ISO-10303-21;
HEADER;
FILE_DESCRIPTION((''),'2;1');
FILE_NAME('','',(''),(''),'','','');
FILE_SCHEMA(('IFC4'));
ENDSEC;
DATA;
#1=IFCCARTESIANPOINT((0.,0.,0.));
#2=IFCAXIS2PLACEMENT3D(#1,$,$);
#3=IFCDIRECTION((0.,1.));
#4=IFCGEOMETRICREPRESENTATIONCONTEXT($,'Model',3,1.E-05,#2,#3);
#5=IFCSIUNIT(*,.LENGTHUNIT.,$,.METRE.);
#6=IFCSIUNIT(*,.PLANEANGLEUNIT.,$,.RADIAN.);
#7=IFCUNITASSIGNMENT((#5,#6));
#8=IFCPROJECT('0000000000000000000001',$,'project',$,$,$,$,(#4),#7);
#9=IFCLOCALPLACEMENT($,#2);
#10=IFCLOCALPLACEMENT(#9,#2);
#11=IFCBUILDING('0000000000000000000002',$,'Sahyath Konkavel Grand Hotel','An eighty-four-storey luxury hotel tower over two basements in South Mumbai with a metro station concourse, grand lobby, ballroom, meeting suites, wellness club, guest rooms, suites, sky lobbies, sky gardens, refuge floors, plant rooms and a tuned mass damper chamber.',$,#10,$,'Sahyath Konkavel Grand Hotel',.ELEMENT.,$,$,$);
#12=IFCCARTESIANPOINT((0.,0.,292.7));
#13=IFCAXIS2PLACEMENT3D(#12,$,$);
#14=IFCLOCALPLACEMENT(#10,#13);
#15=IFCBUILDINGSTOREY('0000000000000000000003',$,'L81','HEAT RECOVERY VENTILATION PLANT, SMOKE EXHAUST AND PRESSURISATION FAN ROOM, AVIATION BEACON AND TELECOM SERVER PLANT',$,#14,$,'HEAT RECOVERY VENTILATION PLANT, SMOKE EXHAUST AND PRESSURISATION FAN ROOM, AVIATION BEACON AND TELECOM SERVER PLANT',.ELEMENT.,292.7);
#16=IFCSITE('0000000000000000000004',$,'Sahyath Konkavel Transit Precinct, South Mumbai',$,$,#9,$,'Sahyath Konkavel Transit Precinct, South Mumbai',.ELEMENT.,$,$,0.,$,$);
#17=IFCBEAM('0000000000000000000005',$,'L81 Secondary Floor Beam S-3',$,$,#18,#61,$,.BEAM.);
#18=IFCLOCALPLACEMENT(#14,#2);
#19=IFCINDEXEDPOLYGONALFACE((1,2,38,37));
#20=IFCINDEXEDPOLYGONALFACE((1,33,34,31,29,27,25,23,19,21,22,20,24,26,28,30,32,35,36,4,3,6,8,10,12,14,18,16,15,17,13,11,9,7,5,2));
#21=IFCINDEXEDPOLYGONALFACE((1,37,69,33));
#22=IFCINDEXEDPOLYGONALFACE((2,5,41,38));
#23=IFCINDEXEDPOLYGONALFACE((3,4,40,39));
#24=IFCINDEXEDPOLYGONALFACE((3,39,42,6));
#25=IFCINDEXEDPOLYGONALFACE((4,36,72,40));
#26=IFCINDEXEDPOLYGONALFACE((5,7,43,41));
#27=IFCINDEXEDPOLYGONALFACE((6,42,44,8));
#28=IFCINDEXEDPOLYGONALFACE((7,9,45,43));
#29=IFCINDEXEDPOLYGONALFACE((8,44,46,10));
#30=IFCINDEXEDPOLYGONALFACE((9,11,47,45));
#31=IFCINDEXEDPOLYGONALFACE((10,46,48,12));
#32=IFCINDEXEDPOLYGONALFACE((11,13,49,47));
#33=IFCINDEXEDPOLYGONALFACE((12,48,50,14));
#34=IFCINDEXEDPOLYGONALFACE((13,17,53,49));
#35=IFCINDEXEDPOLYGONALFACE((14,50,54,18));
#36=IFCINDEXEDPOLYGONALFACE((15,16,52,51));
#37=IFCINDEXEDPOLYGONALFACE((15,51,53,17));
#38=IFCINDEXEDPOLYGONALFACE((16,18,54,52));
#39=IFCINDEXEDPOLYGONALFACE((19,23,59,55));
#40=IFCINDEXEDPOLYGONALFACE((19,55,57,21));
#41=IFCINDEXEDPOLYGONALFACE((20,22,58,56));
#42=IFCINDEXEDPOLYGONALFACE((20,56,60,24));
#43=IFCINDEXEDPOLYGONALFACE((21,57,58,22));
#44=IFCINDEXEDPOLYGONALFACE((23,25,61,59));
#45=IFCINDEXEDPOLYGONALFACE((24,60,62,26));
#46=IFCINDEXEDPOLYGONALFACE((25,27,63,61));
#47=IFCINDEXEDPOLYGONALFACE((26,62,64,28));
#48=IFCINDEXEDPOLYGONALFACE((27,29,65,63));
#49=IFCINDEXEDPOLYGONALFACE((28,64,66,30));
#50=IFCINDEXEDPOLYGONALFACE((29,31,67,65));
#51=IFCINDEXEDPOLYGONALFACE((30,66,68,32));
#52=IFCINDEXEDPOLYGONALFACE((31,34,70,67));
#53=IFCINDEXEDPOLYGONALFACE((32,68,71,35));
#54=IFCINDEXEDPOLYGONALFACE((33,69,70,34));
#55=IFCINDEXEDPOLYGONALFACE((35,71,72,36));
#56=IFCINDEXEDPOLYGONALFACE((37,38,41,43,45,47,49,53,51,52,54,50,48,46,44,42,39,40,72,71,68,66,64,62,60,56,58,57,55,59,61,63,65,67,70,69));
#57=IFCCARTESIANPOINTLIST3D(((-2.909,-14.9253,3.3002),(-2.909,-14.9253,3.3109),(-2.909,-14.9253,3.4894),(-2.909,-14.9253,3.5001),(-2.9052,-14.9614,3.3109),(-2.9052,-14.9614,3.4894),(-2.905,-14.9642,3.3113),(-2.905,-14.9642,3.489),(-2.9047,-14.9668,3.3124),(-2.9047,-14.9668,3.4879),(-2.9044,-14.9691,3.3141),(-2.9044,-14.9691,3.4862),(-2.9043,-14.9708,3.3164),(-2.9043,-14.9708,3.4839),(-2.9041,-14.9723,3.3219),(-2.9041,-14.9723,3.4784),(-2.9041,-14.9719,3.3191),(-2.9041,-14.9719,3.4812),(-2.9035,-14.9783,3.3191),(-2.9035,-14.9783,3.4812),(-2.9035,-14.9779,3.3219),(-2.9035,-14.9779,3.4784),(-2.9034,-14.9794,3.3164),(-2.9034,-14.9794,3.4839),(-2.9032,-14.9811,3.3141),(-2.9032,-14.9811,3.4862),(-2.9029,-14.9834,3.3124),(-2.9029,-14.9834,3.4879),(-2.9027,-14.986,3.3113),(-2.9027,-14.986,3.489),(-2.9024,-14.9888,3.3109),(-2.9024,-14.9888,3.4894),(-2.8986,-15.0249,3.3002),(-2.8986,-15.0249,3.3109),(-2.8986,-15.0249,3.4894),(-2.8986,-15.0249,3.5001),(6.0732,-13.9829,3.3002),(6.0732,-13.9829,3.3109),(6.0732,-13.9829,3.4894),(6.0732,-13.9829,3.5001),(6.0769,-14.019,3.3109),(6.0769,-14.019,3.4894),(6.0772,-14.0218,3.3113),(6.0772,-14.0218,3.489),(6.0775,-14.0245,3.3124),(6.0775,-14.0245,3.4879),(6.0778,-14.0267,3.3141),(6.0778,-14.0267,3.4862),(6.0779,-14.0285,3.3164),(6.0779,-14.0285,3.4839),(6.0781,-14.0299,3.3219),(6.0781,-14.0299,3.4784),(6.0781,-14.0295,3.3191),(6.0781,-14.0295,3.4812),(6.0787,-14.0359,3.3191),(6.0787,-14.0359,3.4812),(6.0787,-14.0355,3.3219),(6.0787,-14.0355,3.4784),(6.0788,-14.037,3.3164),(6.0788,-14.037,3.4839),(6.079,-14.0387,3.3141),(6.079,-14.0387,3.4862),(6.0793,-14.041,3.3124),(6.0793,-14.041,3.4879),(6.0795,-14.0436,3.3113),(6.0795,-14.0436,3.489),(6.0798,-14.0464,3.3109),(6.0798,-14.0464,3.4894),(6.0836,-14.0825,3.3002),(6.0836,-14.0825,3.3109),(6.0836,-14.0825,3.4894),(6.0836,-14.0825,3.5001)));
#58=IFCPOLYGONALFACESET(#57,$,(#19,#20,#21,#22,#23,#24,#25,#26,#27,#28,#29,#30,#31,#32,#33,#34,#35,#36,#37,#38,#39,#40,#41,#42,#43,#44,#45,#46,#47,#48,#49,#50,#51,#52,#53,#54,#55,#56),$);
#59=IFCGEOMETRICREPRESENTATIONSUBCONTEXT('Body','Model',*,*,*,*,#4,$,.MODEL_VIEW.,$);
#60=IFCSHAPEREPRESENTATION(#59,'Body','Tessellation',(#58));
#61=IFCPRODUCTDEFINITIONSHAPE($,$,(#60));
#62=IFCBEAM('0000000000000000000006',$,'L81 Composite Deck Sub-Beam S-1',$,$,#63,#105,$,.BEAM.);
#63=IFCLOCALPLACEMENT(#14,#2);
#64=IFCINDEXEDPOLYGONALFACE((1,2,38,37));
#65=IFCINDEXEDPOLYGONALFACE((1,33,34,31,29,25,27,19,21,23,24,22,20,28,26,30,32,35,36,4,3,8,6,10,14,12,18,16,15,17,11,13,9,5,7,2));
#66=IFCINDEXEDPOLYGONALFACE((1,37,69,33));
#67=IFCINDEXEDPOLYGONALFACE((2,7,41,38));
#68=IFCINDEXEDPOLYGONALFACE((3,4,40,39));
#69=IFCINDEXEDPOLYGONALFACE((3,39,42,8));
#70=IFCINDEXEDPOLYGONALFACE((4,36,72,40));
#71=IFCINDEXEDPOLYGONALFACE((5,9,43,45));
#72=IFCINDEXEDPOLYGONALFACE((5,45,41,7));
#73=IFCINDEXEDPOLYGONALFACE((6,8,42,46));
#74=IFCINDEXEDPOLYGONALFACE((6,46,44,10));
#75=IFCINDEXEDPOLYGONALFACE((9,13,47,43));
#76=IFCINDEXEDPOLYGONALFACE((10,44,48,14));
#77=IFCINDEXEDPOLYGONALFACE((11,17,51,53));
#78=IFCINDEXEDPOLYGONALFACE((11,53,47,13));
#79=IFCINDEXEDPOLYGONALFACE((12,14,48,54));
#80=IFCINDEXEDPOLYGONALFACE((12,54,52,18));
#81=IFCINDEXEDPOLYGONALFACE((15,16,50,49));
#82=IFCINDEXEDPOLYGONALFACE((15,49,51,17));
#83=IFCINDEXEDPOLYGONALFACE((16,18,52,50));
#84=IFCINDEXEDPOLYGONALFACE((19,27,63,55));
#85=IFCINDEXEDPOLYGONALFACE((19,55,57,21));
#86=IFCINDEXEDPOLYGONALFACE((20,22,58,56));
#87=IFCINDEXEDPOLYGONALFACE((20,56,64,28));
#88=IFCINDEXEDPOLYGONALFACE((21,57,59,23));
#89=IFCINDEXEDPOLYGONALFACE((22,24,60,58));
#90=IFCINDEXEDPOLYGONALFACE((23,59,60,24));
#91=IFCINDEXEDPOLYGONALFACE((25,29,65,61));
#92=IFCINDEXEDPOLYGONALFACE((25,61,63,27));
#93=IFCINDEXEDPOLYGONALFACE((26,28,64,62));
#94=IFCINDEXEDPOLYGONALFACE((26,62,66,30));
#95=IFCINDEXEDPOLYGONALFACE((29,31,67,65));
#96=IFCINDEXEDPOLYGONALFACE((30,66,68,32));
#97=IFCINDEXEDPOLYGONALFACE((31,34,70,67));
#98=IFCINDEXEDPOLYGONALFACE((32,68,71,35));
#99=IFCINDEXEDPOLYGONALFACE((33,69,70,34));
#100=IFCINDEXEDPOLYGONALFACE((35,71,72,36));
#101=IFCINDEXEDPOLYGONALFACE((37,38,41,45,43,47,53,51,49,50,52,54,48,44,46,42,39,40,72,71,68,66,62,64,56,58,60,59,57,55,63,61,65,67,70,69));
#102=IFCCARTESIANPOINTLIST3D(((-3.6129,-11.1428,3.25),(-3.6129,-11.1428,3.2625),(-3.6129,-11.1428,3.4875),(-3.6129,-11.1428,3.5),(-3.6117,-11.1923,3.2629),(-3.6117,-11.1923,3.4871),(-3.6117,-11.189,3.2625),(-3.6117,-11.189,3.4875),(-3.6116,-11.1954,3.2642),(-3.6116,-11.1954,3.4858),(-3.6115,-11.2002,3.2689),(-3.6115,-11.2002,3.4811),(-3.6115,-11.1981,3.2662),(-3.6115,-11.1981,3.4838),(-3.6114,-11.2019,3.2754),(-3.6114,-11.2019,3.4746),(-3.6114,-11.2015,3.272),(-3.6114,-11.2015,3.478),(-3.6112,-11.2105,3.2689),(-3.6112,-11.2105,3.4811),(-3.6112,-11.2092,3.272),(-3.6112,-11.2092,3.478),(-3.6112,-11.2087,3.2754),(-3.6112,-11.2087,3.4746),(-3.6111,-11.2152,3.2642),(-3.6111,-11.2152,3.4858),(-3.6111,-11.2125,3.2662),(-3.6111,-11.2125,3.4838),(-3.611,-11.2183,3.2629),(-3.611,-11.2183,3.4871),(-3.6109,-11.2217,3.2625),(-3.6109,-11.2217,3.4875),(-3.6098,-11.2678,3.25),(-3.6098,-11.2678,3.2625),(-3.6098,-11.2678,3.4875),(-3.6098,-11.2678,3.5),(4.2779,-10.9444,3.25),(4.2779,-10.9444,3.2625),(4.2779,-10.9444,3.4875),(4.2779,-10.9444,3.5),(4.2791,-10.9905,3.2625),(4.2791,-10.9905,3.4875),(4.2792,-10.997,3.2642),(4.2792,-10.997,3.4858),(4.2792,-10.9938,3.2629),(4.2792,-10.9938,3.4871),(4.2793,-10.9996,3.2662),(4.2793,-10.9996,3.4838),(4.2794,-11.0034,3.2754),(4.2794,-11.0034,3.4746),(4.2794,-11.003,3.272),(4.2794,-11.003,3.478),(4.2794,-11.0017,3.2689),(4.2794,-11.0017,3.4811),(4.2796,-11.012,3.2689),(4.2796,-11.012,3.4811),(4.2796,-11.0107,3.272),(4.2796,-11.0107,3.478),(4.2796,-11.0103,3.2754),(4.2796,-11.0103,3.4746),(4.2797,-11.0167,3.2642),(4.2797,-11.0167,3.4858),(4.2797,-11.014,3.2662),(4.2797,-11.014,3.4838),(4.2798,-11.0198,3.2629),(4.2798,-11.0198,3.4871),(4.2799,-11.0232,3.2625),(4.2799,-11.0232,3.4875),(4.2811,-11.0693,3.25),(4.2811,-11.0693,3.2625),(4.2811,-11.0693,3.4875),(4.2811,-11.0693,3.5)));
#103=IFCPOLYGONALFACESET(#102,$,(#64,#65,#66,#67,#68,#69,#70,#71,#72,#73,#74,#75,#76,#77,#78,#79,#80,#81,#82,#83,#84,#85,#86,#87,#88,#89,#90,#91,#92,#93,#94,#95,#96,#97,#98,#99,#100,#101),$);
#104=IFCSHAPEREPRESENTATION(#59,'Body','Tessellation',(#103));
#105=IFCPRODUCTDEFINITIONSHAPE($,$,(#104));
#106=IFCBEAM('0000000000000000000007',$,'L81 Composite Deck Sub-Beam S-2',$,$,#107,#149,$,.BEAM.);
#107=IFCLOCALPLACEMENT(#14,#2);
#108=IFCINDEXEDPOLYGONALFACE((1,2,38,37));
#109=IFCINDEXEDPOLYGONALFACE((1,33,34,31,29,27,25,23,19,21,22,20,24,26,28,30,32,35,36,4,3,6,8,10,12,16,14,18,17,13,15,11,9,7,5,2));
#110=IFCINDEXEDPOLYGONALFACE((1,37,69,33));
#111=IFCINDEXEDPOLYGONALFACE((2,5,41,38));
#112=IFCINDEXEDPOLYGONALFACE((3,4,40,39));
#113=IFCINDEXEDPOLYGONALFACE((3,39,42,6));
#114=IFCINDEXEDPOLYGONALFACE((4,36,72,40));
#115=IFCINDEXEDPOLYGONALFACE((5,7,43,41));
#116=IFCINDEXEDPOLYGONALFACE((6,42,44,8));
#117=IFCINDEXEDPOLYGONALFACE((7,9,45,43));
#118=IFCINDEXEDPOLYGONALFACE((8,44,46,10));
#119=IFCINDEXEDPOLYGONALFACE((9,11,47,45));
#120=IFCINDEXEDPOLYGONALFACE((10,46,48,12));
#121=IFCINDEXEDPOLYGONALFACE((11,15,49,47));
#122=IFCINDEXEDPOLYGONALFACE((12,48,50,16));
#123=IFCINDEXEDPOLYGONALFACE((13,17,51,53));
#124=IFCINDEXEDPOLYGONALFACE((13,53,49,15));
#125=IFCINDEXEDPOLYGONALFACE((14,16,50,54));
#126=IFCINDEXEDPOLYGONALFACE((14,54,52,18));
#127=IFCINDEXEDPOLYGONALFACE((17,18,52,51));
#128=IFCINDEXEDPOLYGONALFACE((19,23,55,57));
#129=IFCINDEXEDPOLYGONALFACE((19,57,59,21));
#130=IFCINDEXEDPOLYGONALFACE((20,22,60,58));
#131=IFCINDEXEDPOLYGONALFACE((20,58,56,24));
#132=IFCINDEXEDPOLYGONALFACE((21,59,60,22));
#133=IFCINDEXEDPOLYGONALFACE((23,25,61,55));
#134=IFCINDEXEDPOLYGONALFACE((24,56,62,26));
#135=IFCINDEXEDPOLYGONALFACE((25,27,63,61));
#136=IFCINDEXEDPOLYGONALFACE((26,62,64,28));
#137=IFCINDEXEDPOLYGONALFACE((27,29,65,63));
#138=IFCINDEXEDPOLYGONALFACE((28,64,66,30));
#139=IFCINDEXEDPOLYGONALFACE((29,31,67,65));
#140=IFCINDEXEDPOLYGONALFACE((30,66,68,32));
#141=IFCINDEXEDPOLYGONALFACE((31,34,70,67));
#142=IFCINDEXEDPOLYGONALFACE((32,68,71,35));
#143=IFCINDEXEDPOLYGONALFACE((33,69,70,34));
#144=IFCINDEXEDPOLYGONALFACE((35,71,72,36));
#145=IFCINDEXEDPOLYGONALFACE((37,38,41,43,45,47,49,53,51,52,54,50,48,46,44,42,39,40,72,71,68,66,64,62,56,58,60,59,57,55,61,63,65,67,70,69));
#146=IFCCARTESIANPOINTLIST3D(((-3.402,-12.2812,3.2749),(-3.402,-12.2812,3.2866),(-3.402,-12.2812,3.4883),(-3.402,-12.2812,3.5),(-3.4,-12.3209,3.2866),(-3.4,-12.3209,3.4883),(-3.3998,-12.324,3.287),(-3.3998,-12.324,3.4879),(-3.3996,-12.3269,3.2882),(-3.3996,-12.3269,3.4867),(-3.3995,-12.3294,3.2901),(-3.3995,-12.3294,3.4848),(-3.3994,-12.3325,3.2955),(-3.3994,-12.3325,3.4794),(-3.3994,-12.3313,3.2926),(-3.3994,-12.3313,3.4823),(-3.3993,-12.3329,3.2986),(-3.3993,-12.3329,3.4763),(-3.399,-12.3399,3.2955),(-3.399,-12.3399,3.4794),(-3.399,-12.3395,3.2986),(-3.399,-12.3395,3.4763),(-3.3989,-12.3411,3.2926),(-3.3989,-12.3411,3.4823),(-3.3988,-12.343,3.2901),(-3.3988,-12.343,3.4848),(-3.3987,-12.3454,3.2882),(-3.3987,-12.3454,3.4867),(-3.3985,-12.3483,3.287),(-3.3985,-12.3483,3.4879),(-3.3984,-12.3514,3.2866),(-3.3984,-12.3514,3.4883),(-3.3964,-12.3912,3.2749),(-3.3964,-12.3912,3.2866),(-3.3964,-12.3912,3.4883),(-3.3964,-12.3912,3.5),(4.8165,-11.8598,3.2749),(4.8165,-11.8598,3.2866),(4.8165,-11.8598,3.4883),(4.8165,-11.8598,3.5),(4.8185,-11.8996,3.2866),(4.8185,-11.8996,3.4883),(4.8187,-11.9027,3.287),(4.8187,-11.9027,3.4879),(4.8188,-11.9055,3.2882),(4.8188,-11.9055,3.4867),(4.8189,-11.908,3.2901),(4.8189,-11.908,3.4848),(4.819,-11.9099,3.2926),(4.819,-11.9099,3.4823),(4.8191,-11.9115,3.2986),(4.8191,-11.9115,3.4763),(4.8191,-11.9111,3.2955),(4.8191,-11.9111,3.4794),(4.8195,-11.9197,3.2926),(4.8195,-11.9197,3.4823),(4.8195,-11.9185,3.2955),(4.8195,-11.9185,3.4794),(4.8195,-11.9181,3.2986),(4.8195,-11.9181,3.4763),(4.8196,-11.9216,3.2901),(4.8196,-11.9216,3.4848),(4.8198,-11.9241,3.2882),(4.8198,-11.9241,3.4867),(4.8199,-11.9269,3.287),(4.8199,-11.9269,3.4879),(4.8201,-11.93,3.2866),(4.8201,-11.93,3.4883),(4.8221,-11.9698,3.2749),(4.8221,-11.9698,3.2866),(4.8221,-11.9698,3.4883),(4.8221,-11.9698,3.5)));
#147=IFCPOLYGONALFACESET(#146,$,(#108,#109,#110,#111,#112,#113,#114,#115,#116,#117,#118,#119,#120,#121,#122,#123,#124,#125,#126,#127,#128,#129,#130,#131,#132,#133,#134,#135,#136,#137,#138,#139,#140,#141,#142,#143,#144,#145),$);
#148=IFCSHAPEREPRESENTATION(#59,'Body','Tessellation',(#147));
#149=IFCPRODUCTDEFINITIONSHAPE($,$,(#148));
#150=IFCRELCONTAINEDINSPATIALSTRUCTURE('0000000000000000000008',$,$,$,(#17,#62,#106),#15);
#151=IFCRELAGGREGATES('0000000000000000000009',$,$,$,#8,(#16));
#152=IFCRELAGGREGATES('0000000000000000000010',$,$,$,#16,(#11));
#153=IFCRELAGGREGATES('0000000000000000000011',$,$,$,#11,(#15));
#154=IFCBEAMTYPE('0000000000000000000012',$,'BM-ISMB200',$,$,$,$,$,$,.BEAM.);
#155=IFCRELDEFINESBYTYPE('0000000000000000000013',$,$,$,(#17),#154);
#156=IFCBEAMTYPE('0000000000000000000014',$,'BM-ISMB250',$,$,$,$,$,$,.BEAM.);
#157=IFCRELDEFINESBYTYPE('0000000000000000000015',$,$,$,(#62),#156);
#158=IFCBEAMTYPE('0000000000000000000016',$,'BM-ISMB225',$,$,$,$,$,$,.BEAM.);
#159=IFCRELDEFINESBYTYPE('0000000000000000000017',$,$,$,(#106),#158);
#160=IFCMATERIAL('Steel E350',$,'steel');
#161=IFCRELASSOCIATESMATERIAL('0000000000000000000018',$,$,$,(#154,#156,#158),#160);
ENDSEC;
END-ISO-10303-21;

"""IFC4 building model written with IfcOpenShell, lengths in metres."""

from ifc_helpers import new_model, si_unit, direction, frame, origin, origin_2d, place, context, subcontext, project, spatial, i_section, extrude, source, transform, mapped, material, material_profile, profile_set, type_object, element, save


model = new_model("IFC4")

# Units and contexts
model_context = context("Model", 3, precision=1e-05, world=origin(), true_north=direction((0.0, 1.0)))
body_context = subcontext(model_context, "Body", "Model", "MODEL_VIEW")
ifc_project = project(units=[si_unit("LENGTHUNIT", "METRE"), si_unit("PLANEANGLEUNIT", "RADIAN")], contexts=[model_context])

# Site, building, storey
site_placement = place(None, origin())
site = spatial("IfcSite", under=ifc_project, at=site_placement, Name="Sahyath Konkavel Transit Precinct, South Mumbai", LongName="Sahyath Konkavel Transit Precinct, South Mumbai", CompositionType="ELEMENT", RefElevation=0.0)
building_placement = place(site_placement, origin())
building = spatial("IfcBuilding", under=site, at=building_placement, Name="Sahyath Konkavel Grand Hotel", Description="An eighty-four-storey luxury hotel tower over two basements in South Mumbai with a metro station concourse, grand lobby, ballroom, meeting suites, wellness club, guest rooms, suites, sky lobbies, sky gardens, refuge floors, plant rooms and a tuned mass damper chamber.", LongName="Sahyath Konkavel Grand Hotel", CompositionType="ELEMENT")
storey_placement = place(building_placement, frame((0.0, 0.0, 292.7)))
storey = spatial("IfcBuildingStorey", under=building, at=storey_placement, Name="L81", Description="HEAT RECOVERY VENTILATION PLANT, SMOKE EXHAUST AND PRESSURISATION FAN ROOM, AVIATION BEACON AND TELECOM SERVER PLANT", LongName="HEAT RECOVERY VENTILATION PLANT, SMOKE EXHAUST AND PRESSURISATION FAN ROOM, AVIATION BEACON AND TELECOM SERVER PLANT", CompositionType="ELEMENT", Elevation=292.7)

# Beams
ifc_material_1 = material(Name="Steel E350", Category="steel")
ifc_material_profile_1 = material_profile(ifc_material_1, i_section(OverallWidth=0.1001, OverallDepth=0.2, WebThickness=0.0056, FlangeThickness=0.0107, FilletRadius=0.011, at=origin_2d()), Name="ISMB 200")
ifc_profile_set_1 = profile_set([ifc_material_profile_1], Name="Steel E350")
beam_type_1 = type_object("IfcBeamType", Name="BM-ISMB200", PredefinedType="BEAM", material=ifc_profile_set_1)
shared_shape_1 = source(origin(), body_context, "Body", "SweptSolid", [
    extrude(i_section(OverallWidth=0.1001, OverallDepth=0.2, WebThickness=0.0056, FlangeThickness=0.0107, FilletRadius=0.011, at=origin_2d()), origin(), (0.0, 0.0, 1.0), 9.0315),
])
beam_1_placement = place(storey_placement, frame((-2.9038, -14.9751, 3.4001), z_axis=(0.994541, 0.104344, 0.0), x_axis=(-0.104344, 0.994541, 0.0)))
element("IfcBeam", 1, at=beam_1_placement, inside=storey, type_object=beam_type_1, Name="L81 Secondary Floor Beam S-3", PredefinedType="BEAM", context=body_context, shape_type="MappedRepresentation", body=[
    mapped(shared_shape_1, transform((0.0, 0.0, 0.0), scale=1.0)),
])
ifc_material_profile_2 = material_profile(ifc_material_1, i_section(OverallWidth=0.125, OverallDepth=0.25, WebThickness=0.0068, FlangeThickness=0.0125, FilletRadius=0.0129, at=origin_2d()), Name="ISMB 250")
ifc_profile_set_2 = profile_set([ifc_material_profile_2], Name="Steel E350")
beam_type_2 = type_object("IfcBeamType", Name="BM-ISMB250", PredefinedType="BEAM", material=ifc_profile_set_2)
shared_shape_2 = source(origin(), body_context, "Body", "SweptSolid", [
    extrude(i_section(OverallWidth=0.125, OverallDepth=0.25, WebThickness=0.0068, FlangeThickness=0.0125, FilletRadius=0.0129, at=origin_2d()), origin(), (0.0, 0.0, 1.0), 7.8933),
])
beam_2_placement = place(storey_placement, frame((-3.6113, -11.2053, 3.375), z_axis=(0.999684, 0.025146, 0.0), x_axis=(-0.025146, 0.999684, 0.0)))
element("IfcBeam", 2, at=beam_2_placement, inside=storey, type_object=beam_type_2, Name="L81 Composite Deck Sub-Beam S-1", PredefinedType="BEAM", context=body_context, shape_type="MappedRepresentation", body=[
    mapped(shared_shape_2, transform((0.0, 0.0, 0.0), scale=1.0)),
])
ifc_material_profile_3 = material_profile(ifc_material_1, i_section(OverallWidth=0.1101, OverallDepth=0.2251, WebThickness=0.0066, FlangeThickness=0.0117, FilletRadius=0.012, at=origin_2d()), Name="ISMB 225")
ifc_profile_set_3 = profile_set([ifc_material_profile_3], Name="Steel E350")
beam_type_3 = type_object("IfcBeamType", Name="BM-ISMB225", PredefinedType="BEAM", material=ifc_profile_set_3)
shared_shape_3 = source(origin(), body_context, "Body", "SweptSolid", [
    extrude(i_section(OverallWidth=0.1101, OverallDepth=0.2251, WebThickness=0.0066, FlangeThickness=0.0117, FilletRadius=0.012, at=origin_2d()), origin(), (0.0, 0.0, 1.0), 8.2292),
])
beam_3_placement = place(storey_placement, frame((-3.3992, -12.3362, 3.3875), z_axis=(0.998688, 0.051206, 0.0), x_axis=(-0.051206, 0.998688, 0.0)))
element("IfcBeam", 3, at=beam_3_placement, inside=storey, type_object=beam_type_3, Name="L81 Composite Deck Sub-Beam S-2", PredefinedType="BEAM", context=body_context, shape_type="MappedRepresentation", body=[
    mapped(shared_shape_3, transform((0.0, 0.0, 0.0), scale=1.0)),
])

save(model, "model.ifc")
